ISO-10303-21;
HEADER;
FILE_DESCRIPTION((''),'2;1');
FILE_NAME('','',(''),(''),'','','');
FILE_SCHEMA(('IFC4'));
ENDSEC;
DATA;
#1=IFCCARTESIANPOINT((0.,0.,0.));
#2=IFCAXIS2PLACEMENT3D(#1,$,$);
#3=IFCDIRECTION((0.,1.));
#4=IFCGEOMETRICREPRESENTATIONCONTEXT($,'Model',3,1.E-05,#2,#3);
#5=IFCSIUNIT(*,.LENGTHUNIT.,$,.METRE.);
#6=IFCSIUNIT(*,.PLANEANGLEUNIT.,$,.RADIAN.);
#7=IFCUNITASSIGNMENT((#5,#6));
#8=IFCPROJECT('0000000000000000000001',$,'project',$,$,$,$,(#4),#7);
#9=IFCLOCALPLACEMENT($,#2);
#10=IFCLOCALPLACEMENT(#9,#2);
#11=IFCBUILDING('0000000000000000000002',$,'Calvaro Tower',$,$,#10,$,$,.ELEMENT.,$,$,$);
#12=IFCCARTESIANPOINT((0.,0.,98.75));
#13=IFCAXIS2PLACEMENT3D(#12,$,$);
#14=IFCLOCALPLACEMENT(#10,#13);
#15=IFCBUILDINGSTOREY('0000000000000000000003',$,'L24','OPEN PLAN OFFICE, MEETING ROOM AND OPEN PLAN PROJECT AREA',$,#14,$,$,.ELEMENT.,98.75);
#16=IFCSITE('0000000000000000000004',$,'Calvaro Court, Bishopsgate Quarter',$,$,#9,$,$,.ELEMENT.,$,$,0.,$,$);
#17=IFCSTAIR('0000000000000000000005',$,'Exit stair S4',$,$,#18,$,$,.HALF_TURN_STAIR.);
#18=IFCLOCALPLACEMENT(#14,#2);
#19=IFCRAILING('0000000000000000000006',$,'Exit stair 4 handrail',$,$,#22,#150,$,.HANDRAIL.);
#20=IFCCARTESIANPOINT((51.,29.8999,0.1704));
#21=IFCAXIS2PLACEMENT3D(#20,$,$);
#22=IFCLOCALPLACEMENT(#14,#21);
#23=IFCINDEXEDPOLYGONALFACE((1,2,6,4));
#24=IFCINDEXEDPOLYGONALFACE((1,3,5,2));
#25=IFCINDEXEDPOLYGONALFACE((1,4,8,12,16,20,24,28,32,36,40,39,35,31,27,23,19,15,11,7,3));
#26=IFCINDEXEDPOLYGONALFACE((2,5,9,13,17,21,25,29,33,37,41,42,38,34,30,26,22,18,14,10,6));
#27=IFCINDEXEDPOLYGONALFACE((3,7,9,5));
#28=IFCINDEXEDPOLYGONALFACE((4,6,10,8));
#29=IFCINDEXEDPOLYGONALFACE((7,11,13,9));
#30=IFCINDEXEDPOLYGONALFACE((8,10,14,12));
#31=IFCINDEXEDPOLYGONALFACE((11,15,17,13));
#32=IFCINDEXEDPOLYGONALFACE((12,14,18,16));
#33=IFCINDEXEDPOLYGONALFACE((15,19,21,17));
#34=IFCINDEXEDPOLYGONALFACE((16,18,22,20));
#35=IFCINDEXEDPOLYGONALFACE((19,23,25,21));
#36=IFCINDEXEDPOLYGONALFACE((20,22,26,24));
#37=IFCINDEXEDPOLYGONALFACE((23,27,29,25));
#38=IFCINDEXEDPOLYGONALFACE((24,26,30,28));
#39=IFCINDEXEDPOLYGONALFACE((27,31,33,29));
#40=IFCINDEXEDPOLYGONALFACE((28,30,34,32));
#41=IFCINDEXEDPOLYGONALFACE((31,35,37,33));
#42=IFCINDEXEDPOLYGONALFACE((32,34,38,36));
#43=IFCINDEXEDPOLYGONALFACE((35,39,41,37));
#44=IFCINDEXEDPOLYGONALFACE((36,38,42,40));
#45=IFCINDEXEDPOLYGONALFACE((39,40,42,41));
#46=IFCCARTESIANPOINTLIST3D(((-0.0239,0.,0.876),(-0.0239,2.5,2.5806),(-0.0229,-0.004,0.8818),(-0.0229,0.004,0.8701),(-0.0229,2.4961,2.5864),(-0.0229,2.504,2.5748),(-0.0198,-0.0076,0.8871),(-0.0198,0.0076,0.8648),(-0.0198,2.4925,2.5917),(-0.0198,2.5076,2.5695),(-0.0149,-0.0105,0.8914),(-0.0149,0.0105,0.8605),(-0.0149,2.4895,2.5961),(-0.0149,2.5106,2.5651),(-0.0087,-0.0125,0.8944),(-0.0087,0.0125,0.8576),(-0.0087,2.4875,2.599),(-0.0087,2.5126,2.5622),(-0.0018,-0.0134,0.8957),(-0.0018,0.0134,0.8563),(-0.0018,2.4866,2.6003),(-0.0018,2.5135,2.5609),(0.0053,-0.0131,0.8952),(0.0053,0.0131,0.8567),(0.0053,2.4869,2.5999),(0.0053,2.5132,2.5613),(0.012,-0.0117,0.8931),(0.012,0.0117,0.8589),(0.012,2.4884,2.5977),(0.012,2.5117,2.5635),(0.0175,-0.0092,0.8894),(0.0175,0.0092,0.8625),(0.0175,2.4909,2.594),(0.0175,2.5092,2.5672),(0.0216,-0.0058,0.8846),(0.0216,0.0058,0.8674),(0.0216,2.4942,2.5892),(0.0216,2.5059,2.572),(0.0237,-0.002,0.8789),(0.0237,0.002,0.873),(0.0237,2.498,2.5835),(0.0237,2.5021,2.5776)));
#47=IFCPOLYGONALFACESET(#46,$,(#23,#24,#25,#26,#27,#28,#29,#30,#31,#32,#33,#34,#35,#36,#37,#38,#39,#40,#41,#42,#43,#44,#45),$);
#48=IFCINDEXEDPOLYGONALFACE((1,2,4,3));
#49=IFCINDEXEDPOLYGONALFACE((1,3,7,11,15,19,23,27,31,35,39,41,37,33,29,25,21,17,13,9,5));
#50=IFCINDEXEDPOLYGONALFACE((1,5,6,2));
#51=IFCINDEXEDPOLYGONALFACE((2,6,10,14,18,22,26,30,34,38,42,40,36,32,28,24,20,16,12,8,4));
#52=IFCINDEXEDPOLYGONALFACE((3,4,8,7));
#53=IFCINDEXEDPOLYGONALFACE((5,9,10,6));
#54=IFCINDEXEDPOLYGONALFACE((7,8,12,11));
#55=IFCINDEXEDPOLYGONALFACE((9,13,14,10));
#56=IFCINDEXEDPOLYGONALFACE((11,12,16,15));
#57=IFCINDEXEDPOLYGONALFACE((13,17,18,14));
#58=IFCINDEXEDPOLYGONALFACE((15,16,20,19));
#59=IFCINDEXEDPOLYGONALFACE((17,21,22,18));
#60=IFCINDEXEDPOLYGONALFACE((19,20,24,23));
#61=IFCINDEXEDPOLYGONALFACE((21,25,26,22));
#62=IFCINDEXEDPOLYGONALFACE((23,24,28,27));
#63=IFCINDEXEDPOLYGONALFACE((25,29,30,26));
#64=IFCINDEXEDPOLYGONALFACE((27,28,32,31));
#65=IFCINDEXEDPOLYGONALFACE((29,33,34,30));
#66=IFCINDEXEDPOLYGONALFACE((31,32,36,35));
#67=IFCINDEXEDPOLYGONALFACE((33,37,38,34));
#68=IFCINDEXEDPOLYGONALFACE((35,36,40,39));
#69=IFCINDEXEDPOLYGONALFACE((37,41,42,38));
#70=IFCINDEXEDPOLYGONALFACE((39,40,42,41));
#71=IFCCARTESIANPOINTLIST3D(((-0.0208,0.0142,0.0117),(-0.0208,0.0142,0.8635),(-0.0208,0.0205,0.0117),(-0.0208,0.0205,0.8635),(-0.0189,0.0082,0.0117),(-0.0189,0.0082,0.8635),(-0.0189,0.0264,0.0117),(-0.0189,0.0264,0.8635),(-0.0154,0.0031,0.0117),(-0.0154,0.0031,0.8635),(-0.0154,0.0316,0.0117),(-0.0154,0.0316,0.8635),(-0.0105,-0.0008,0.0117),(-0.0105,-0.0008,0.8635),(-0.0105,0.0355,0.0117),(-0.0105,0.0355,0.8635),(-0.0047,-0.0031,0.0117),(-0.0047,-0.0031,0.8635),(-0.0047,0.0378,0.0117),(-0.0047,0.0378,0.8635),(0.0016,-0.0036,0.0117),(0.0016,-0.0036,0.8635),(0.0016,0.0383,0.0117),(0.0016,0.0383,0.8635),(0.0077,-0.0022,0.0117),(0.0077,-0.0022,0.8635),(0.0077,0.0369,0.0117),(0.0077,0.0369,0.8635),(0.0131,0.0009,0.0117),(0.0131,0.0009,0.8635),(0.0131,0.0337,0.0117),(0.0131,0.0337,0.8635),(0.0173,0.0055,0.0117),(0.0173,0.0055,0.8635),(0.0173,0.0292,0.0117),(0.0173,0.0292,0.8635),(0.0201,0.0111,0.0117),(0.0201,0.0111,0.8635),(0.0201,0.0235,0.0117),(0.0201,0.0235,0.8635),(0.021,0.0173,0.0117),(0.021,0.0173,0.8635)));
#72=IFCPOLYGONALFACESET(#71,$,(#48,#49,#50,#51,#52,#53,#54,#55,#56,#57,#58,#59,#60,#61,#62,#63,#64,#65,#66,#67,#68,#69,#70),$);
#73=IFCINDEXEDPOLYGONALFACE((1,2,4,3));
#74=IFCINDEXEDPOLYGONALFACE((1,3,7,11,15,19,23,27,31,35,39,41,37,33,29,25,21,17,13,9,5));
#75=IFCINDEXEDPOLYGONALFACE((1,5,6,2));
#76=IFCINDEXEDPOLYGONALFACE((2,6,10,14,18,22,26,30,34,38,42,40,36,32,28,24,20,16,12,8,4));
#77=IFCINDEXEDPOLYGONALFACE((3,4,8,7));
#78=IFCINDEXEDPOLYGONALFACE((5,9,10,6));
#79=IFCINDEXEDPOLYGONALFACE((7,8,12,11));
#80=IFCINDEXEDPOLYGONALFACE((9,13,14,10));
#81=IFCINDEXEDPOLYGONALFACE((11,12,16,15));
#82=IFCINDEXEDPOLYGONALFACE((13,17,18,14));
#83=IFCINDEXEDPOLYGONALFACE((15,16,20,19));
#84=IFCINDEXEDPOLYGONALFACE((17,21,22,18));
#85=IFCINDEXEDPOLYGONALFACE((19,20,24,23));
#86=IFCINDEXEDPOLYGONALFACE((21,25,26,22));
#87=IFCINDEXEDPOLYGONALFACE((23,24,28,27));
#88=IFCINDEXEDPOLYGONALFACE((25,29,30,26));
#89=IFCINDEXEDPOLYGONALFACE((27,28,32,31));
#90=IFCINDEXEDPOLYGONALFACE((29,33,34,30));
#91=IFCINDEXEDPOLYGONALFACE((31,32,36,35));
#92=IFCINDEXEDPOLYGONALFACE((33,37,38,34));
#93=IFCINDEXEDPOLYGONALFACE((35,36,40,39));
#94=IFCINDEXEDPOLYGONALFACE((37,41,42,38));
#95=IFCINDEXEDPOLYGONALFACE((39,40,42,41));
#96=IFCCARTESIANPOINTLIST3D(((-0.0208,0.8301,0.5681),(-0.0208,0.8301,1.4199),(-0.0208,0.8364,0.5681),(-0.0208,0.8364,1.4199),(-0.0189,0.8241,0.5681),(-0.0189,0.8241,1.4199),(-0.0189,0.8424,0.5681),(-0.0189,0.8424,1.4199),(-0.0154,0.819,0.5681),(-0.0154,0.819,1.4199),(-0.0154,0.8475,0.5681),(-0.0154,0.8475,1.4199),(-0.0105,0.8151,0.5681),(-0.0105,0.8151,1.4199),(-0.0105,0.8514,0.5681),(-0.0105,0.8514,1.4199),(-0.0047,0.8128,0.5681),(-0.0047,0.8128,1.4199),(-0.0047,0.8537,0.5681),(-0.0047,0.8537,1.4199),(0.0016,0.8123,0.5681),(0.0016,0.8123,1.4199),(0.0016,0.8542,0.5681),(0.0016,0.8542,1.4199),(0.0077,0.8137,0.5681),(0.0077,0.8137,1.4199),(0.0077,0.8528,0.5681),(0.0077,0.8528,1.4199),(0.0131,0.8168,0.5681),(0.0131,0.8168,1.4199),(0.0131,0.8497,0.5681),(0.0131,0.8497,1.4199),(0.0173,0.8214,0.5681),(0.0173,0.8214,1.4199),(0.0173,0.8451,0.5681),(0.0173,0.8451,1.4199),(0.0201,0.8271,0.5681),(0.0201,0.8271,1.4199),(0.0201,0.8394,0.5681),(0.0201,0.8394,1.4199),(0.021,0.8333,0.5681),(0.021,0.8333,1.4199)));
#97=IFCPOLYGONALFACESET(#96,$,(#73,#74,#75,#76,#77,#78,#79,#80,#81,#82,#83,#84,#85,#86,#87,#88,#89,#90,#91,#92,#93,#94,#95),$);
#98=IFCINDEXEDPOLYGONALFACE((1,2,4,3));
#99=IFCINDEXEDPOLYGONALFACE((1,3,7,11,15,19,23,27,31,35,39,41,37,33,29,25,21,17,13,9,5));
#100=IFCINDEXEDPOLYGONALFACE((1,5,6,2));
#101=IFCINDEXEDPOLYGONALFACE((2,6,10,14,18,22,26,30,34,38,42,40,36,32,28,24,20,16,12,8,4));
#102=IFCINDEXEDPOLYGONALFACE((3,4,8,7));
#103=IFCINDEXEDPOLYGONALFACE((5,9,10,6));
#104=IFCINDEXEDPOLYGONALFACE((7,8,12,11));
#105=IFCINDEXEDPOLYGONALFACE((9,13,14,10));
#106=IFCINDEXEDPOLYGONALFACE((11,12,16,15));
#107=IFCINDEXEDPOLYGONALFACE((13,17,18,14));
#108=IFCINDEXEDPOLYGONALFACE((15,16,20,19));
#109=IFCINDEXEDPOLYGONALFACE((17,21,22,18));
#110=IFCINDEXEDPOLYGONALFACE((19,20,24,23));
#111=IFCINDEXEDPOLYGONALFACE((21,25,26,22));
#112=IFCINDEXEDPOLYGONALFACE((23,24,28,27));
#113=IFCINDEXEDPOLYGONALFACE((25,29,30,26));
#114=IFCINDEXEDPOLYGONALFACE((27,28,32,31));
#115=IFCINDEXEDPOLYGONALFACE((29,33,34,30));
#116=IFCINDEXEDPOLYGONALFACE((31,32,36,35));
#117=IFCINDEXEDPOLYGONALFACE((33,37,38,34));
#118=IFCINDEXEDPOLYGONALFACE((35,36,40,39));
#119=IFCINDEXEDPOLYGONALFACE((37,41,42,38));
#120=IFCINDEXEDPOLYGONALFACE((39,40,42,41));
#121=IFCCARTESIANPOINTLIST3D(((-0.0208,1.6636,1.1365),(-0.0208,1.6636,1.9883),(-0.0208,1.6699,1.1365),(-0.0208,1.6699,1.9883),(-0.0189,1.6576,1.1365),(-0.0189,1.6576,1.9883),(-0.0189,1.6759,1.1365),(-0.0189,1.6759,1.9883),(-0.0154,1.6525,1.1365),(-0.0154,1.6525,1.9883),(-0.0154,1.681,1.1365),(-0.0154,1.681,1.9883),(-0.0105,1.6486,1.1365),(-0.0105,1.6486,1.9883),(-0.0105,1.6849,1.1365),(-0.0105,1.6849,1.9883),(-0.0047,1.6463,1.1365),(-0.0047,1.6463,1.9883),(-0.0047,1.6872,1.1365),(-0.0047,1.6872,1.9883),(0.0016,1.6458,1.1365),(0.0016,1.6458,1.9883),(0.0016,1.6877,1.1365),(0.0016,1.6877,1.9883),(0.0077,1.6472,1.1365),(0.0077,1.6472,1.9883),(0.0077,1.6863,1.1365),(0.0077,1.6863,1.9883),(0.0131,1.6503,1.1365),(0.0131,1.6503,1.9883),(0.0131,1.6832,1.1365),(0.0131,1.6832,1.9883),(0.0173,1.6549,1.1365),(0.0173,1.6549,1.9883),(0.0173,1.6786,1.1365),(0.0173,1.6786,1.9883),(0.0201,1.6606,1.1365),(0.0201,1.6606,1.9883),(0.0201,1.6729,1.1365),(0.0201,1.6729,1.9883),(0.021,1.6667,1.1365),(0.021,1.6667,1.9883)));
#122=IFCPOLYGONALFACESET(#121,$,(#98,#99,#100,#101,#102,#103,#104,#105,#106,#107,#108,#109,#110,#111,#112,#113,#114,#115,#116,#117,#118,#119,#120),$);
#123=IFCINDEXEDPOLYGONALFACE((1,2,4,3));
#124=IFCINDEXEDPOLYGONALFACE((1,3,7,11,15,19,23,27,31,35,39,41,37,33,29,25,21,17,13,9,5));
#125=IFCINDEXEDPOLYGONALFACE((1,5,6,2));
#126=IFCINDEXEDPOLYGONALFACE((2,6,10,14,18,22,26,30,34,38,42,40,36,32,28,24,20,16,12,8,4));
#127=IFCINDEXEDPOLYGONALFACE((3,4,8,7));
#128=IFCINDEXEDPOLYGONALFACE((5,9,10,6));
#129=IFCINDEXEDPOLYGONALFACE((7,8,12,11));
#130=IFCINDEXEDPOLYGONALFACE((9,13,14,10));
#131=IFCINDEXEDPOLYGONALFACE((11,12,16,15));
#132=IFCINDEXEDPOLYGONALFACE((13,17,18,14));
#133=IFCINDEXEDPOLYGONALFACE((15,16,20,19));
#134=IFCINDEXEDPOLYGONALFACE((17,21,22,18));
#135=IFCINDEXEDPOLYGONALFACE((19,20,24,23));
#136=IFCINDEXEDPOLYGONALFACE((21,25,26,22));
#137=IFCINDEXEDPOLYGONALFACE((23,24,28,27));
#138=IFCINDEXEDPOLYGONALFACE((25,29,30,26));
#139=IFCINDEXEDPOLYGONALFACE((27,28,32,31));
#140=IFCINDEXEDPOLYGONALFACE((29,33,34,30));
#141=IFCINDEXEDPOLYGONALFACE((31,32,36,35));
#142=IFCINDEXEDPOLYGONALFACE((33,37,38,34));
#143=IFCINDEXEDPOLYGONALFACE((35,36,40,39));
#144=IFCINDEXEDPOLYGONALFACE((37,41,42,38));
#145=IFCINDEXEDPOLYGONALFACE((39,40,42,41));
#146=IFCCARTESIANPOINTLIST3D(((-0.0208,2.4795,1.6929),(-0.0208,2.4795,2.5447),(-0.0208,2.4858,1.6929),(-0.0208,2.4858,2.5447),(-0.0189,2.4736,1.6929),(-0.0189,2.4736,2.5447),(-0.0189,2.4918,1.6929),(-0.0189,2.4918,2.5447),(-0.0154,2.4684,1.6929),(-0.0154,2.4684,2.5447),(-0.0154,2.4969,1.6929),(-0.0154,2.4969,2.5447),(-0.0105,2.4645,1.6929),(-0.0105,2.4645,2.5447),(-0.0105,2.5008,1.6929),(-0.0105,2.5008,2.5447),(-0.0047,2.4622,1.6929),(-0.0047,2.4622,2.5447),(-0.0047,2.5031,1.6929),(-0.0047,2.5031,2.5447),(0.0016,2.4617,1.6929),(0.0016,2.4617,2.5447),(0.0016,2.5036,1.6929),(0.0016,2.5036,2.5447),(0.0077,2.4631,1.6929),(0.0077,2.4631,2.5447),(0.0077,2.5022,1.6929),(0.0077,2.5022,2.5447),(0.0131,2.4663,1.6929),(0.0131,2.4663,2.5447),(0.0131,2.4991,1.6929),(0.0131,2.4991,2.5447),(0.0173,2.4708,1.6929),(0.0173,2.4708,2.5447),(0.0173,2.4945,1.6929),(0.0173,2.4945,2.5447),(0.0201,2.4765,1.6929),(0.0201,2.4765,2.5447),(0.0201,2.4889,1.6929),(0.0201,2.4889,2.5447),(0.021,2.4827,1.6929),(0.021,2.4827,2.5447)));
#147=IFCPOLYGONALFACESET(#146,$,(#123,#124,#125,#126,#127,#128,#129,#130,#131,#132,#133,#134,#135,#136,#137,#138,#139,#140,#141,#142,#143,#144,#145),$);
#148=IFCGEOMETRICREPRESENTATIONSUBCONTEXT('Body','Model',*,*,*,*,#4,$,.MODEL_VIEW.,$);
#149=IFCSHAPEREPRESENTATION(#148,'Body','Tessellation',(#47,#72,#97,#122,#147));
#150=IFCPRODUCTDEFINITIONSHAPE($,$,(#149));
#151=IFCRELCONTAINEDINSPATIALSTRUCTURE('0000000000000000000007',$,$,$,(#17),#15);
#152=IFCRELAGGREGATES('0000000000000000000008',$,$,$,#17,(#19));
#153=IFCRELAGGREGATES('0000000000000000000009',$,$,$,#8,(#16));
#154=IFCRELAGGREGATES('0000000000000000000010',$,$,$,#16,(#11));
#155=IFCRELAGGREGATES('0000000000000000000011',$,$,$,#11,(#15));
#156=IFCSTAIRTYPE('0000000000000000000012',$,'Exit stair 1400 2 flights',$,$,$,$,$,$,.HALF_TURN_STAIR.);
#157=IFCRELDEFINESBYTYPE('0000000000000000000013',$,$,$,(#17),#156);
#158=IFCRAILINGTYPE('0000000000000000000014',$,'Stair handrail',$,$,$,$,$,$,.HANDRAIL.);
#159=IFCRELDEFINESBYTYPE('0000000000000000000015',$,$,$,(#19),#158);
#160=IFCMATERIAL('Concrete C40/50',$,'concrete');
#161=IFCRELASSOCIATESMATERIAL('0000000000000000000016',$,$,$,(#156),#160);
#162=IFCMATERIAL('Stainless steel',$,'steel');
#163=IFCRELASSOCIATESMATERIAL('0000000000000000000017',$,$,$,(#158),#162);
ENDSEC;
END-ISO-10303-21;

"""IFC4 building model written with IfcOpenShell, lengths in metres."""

from ifc_helpers import new_model, si_unit, direction, frame, origin, origin_2d, place, context, subcontext, project, spatial, circle, extrude, material, type_object, element, aggregate, save


model = new_model("IFC4")

# Units and contexts
model_context = context("Model", 3, precision=1e-05, world=origin(), true_north=direction((0.0, 1.0)))
body_context = subcontext(model_context, "Body", "Model", "MODEL_VIEW")
ifc_project = project(units=[si_unit("LENGTHUNIT", "METRE"), si_unit("PLANEANGLEUNIT", "RADIAN")], contexts=[model_context])

# Site, building, storey
site_placement = place(None, origin())
site = spatial("IfcSite", under=ifc_project, at=site_placement, Name="Calvaro Court, Bishopsgate Quarter", CompositionType="ELEMENT", RefElevation=0.0)
building_placement = place(site_placement, origin())
building = spatial("IfcBuilding", under=site, at=building_placement, Name="Calvaro Tower", CompositionType="ELEMENT")
storey_placement = place(building_placement, frame((0.0, 0.0, 98.75)))
storey = spatial("IfcBuildingStorey", under=building, at=storey_placement, Name="L24", Description="OPEN PLAN OFFICE, MEETING ROOM AND OPEN PLAN PROJECT AREA", CompositionType="ELEMENT", Elevation=98.75)

# Stair
ifc_material_1 = material(Name="Concrete C40/50", Category="concrete")
stair_type = type_object("IfcStairType", Name="Exit stair 1400 2 flights", PredefinedType="HALF_TURN_STAIR", material=ifc_material_1)
stair_1_placement = place(storey_placement, origin())
stair_1 = element("IfcStair", 1, at=stair_1_placement, inside=storey, type_object=stair_type, Name="Exit stair S4", PredefinedType="HALF_TURN_STAIR")

# Railing
ifc_material_2 = material(Name="Stainless steel", Category="steel")
railing_type = type_object("IfcRailingType", Name="Stair handrail", PredefinedType="HANDRAIL", material=ifc_material_2)
railing_1_placement = place(storey_placement, frame((51.0, 29.8999, 0.1704)))
railing_1 = element("IfcRailing", 2, at=railing_1_placement, type_object=railing_type, Name="Exit stair 4 handrail", PredefinedType="HANDRAIL", context=body_context, shape_type="SweptSolid", body=[
    extrude(circle(Radius=0.0239, at=origin_2d()), frame((0.0, 0.0, 0.876), z_axis=(0.0, 0.826221, 0.563347), x_axis=(-1.0, 0.0, 0.0)), (0.0, 0.0, 1.0), 3.0259),
    extrude(circle(Radius=0.021, at=origin_2d()), frame((0.0, 0.0173, 0.0117)), (0.0, 0.0, 1.0), 0.8518),
    extrude(circle(Radius=0.021, at=origin_2d()), frame((0.0, 0.8333, 0.5681)), (0.0, 0.0, 1.0), 0.8518),
    extrude(circle(Radius=0.021, at=origin_2d()), frame((0.0, 1.6667, 1.1365)), (0.0, 0.0, 1.0), 0.8518),
    extrude(circle(Radius=0.021, at=origin_2d()), frame((0.0, 2.4827, 1.6929)), (0.0, 0.0, 1.0), 0.8518),
])
aggregate(stair_1, [railing_1])

save(model, "model.ifc")
